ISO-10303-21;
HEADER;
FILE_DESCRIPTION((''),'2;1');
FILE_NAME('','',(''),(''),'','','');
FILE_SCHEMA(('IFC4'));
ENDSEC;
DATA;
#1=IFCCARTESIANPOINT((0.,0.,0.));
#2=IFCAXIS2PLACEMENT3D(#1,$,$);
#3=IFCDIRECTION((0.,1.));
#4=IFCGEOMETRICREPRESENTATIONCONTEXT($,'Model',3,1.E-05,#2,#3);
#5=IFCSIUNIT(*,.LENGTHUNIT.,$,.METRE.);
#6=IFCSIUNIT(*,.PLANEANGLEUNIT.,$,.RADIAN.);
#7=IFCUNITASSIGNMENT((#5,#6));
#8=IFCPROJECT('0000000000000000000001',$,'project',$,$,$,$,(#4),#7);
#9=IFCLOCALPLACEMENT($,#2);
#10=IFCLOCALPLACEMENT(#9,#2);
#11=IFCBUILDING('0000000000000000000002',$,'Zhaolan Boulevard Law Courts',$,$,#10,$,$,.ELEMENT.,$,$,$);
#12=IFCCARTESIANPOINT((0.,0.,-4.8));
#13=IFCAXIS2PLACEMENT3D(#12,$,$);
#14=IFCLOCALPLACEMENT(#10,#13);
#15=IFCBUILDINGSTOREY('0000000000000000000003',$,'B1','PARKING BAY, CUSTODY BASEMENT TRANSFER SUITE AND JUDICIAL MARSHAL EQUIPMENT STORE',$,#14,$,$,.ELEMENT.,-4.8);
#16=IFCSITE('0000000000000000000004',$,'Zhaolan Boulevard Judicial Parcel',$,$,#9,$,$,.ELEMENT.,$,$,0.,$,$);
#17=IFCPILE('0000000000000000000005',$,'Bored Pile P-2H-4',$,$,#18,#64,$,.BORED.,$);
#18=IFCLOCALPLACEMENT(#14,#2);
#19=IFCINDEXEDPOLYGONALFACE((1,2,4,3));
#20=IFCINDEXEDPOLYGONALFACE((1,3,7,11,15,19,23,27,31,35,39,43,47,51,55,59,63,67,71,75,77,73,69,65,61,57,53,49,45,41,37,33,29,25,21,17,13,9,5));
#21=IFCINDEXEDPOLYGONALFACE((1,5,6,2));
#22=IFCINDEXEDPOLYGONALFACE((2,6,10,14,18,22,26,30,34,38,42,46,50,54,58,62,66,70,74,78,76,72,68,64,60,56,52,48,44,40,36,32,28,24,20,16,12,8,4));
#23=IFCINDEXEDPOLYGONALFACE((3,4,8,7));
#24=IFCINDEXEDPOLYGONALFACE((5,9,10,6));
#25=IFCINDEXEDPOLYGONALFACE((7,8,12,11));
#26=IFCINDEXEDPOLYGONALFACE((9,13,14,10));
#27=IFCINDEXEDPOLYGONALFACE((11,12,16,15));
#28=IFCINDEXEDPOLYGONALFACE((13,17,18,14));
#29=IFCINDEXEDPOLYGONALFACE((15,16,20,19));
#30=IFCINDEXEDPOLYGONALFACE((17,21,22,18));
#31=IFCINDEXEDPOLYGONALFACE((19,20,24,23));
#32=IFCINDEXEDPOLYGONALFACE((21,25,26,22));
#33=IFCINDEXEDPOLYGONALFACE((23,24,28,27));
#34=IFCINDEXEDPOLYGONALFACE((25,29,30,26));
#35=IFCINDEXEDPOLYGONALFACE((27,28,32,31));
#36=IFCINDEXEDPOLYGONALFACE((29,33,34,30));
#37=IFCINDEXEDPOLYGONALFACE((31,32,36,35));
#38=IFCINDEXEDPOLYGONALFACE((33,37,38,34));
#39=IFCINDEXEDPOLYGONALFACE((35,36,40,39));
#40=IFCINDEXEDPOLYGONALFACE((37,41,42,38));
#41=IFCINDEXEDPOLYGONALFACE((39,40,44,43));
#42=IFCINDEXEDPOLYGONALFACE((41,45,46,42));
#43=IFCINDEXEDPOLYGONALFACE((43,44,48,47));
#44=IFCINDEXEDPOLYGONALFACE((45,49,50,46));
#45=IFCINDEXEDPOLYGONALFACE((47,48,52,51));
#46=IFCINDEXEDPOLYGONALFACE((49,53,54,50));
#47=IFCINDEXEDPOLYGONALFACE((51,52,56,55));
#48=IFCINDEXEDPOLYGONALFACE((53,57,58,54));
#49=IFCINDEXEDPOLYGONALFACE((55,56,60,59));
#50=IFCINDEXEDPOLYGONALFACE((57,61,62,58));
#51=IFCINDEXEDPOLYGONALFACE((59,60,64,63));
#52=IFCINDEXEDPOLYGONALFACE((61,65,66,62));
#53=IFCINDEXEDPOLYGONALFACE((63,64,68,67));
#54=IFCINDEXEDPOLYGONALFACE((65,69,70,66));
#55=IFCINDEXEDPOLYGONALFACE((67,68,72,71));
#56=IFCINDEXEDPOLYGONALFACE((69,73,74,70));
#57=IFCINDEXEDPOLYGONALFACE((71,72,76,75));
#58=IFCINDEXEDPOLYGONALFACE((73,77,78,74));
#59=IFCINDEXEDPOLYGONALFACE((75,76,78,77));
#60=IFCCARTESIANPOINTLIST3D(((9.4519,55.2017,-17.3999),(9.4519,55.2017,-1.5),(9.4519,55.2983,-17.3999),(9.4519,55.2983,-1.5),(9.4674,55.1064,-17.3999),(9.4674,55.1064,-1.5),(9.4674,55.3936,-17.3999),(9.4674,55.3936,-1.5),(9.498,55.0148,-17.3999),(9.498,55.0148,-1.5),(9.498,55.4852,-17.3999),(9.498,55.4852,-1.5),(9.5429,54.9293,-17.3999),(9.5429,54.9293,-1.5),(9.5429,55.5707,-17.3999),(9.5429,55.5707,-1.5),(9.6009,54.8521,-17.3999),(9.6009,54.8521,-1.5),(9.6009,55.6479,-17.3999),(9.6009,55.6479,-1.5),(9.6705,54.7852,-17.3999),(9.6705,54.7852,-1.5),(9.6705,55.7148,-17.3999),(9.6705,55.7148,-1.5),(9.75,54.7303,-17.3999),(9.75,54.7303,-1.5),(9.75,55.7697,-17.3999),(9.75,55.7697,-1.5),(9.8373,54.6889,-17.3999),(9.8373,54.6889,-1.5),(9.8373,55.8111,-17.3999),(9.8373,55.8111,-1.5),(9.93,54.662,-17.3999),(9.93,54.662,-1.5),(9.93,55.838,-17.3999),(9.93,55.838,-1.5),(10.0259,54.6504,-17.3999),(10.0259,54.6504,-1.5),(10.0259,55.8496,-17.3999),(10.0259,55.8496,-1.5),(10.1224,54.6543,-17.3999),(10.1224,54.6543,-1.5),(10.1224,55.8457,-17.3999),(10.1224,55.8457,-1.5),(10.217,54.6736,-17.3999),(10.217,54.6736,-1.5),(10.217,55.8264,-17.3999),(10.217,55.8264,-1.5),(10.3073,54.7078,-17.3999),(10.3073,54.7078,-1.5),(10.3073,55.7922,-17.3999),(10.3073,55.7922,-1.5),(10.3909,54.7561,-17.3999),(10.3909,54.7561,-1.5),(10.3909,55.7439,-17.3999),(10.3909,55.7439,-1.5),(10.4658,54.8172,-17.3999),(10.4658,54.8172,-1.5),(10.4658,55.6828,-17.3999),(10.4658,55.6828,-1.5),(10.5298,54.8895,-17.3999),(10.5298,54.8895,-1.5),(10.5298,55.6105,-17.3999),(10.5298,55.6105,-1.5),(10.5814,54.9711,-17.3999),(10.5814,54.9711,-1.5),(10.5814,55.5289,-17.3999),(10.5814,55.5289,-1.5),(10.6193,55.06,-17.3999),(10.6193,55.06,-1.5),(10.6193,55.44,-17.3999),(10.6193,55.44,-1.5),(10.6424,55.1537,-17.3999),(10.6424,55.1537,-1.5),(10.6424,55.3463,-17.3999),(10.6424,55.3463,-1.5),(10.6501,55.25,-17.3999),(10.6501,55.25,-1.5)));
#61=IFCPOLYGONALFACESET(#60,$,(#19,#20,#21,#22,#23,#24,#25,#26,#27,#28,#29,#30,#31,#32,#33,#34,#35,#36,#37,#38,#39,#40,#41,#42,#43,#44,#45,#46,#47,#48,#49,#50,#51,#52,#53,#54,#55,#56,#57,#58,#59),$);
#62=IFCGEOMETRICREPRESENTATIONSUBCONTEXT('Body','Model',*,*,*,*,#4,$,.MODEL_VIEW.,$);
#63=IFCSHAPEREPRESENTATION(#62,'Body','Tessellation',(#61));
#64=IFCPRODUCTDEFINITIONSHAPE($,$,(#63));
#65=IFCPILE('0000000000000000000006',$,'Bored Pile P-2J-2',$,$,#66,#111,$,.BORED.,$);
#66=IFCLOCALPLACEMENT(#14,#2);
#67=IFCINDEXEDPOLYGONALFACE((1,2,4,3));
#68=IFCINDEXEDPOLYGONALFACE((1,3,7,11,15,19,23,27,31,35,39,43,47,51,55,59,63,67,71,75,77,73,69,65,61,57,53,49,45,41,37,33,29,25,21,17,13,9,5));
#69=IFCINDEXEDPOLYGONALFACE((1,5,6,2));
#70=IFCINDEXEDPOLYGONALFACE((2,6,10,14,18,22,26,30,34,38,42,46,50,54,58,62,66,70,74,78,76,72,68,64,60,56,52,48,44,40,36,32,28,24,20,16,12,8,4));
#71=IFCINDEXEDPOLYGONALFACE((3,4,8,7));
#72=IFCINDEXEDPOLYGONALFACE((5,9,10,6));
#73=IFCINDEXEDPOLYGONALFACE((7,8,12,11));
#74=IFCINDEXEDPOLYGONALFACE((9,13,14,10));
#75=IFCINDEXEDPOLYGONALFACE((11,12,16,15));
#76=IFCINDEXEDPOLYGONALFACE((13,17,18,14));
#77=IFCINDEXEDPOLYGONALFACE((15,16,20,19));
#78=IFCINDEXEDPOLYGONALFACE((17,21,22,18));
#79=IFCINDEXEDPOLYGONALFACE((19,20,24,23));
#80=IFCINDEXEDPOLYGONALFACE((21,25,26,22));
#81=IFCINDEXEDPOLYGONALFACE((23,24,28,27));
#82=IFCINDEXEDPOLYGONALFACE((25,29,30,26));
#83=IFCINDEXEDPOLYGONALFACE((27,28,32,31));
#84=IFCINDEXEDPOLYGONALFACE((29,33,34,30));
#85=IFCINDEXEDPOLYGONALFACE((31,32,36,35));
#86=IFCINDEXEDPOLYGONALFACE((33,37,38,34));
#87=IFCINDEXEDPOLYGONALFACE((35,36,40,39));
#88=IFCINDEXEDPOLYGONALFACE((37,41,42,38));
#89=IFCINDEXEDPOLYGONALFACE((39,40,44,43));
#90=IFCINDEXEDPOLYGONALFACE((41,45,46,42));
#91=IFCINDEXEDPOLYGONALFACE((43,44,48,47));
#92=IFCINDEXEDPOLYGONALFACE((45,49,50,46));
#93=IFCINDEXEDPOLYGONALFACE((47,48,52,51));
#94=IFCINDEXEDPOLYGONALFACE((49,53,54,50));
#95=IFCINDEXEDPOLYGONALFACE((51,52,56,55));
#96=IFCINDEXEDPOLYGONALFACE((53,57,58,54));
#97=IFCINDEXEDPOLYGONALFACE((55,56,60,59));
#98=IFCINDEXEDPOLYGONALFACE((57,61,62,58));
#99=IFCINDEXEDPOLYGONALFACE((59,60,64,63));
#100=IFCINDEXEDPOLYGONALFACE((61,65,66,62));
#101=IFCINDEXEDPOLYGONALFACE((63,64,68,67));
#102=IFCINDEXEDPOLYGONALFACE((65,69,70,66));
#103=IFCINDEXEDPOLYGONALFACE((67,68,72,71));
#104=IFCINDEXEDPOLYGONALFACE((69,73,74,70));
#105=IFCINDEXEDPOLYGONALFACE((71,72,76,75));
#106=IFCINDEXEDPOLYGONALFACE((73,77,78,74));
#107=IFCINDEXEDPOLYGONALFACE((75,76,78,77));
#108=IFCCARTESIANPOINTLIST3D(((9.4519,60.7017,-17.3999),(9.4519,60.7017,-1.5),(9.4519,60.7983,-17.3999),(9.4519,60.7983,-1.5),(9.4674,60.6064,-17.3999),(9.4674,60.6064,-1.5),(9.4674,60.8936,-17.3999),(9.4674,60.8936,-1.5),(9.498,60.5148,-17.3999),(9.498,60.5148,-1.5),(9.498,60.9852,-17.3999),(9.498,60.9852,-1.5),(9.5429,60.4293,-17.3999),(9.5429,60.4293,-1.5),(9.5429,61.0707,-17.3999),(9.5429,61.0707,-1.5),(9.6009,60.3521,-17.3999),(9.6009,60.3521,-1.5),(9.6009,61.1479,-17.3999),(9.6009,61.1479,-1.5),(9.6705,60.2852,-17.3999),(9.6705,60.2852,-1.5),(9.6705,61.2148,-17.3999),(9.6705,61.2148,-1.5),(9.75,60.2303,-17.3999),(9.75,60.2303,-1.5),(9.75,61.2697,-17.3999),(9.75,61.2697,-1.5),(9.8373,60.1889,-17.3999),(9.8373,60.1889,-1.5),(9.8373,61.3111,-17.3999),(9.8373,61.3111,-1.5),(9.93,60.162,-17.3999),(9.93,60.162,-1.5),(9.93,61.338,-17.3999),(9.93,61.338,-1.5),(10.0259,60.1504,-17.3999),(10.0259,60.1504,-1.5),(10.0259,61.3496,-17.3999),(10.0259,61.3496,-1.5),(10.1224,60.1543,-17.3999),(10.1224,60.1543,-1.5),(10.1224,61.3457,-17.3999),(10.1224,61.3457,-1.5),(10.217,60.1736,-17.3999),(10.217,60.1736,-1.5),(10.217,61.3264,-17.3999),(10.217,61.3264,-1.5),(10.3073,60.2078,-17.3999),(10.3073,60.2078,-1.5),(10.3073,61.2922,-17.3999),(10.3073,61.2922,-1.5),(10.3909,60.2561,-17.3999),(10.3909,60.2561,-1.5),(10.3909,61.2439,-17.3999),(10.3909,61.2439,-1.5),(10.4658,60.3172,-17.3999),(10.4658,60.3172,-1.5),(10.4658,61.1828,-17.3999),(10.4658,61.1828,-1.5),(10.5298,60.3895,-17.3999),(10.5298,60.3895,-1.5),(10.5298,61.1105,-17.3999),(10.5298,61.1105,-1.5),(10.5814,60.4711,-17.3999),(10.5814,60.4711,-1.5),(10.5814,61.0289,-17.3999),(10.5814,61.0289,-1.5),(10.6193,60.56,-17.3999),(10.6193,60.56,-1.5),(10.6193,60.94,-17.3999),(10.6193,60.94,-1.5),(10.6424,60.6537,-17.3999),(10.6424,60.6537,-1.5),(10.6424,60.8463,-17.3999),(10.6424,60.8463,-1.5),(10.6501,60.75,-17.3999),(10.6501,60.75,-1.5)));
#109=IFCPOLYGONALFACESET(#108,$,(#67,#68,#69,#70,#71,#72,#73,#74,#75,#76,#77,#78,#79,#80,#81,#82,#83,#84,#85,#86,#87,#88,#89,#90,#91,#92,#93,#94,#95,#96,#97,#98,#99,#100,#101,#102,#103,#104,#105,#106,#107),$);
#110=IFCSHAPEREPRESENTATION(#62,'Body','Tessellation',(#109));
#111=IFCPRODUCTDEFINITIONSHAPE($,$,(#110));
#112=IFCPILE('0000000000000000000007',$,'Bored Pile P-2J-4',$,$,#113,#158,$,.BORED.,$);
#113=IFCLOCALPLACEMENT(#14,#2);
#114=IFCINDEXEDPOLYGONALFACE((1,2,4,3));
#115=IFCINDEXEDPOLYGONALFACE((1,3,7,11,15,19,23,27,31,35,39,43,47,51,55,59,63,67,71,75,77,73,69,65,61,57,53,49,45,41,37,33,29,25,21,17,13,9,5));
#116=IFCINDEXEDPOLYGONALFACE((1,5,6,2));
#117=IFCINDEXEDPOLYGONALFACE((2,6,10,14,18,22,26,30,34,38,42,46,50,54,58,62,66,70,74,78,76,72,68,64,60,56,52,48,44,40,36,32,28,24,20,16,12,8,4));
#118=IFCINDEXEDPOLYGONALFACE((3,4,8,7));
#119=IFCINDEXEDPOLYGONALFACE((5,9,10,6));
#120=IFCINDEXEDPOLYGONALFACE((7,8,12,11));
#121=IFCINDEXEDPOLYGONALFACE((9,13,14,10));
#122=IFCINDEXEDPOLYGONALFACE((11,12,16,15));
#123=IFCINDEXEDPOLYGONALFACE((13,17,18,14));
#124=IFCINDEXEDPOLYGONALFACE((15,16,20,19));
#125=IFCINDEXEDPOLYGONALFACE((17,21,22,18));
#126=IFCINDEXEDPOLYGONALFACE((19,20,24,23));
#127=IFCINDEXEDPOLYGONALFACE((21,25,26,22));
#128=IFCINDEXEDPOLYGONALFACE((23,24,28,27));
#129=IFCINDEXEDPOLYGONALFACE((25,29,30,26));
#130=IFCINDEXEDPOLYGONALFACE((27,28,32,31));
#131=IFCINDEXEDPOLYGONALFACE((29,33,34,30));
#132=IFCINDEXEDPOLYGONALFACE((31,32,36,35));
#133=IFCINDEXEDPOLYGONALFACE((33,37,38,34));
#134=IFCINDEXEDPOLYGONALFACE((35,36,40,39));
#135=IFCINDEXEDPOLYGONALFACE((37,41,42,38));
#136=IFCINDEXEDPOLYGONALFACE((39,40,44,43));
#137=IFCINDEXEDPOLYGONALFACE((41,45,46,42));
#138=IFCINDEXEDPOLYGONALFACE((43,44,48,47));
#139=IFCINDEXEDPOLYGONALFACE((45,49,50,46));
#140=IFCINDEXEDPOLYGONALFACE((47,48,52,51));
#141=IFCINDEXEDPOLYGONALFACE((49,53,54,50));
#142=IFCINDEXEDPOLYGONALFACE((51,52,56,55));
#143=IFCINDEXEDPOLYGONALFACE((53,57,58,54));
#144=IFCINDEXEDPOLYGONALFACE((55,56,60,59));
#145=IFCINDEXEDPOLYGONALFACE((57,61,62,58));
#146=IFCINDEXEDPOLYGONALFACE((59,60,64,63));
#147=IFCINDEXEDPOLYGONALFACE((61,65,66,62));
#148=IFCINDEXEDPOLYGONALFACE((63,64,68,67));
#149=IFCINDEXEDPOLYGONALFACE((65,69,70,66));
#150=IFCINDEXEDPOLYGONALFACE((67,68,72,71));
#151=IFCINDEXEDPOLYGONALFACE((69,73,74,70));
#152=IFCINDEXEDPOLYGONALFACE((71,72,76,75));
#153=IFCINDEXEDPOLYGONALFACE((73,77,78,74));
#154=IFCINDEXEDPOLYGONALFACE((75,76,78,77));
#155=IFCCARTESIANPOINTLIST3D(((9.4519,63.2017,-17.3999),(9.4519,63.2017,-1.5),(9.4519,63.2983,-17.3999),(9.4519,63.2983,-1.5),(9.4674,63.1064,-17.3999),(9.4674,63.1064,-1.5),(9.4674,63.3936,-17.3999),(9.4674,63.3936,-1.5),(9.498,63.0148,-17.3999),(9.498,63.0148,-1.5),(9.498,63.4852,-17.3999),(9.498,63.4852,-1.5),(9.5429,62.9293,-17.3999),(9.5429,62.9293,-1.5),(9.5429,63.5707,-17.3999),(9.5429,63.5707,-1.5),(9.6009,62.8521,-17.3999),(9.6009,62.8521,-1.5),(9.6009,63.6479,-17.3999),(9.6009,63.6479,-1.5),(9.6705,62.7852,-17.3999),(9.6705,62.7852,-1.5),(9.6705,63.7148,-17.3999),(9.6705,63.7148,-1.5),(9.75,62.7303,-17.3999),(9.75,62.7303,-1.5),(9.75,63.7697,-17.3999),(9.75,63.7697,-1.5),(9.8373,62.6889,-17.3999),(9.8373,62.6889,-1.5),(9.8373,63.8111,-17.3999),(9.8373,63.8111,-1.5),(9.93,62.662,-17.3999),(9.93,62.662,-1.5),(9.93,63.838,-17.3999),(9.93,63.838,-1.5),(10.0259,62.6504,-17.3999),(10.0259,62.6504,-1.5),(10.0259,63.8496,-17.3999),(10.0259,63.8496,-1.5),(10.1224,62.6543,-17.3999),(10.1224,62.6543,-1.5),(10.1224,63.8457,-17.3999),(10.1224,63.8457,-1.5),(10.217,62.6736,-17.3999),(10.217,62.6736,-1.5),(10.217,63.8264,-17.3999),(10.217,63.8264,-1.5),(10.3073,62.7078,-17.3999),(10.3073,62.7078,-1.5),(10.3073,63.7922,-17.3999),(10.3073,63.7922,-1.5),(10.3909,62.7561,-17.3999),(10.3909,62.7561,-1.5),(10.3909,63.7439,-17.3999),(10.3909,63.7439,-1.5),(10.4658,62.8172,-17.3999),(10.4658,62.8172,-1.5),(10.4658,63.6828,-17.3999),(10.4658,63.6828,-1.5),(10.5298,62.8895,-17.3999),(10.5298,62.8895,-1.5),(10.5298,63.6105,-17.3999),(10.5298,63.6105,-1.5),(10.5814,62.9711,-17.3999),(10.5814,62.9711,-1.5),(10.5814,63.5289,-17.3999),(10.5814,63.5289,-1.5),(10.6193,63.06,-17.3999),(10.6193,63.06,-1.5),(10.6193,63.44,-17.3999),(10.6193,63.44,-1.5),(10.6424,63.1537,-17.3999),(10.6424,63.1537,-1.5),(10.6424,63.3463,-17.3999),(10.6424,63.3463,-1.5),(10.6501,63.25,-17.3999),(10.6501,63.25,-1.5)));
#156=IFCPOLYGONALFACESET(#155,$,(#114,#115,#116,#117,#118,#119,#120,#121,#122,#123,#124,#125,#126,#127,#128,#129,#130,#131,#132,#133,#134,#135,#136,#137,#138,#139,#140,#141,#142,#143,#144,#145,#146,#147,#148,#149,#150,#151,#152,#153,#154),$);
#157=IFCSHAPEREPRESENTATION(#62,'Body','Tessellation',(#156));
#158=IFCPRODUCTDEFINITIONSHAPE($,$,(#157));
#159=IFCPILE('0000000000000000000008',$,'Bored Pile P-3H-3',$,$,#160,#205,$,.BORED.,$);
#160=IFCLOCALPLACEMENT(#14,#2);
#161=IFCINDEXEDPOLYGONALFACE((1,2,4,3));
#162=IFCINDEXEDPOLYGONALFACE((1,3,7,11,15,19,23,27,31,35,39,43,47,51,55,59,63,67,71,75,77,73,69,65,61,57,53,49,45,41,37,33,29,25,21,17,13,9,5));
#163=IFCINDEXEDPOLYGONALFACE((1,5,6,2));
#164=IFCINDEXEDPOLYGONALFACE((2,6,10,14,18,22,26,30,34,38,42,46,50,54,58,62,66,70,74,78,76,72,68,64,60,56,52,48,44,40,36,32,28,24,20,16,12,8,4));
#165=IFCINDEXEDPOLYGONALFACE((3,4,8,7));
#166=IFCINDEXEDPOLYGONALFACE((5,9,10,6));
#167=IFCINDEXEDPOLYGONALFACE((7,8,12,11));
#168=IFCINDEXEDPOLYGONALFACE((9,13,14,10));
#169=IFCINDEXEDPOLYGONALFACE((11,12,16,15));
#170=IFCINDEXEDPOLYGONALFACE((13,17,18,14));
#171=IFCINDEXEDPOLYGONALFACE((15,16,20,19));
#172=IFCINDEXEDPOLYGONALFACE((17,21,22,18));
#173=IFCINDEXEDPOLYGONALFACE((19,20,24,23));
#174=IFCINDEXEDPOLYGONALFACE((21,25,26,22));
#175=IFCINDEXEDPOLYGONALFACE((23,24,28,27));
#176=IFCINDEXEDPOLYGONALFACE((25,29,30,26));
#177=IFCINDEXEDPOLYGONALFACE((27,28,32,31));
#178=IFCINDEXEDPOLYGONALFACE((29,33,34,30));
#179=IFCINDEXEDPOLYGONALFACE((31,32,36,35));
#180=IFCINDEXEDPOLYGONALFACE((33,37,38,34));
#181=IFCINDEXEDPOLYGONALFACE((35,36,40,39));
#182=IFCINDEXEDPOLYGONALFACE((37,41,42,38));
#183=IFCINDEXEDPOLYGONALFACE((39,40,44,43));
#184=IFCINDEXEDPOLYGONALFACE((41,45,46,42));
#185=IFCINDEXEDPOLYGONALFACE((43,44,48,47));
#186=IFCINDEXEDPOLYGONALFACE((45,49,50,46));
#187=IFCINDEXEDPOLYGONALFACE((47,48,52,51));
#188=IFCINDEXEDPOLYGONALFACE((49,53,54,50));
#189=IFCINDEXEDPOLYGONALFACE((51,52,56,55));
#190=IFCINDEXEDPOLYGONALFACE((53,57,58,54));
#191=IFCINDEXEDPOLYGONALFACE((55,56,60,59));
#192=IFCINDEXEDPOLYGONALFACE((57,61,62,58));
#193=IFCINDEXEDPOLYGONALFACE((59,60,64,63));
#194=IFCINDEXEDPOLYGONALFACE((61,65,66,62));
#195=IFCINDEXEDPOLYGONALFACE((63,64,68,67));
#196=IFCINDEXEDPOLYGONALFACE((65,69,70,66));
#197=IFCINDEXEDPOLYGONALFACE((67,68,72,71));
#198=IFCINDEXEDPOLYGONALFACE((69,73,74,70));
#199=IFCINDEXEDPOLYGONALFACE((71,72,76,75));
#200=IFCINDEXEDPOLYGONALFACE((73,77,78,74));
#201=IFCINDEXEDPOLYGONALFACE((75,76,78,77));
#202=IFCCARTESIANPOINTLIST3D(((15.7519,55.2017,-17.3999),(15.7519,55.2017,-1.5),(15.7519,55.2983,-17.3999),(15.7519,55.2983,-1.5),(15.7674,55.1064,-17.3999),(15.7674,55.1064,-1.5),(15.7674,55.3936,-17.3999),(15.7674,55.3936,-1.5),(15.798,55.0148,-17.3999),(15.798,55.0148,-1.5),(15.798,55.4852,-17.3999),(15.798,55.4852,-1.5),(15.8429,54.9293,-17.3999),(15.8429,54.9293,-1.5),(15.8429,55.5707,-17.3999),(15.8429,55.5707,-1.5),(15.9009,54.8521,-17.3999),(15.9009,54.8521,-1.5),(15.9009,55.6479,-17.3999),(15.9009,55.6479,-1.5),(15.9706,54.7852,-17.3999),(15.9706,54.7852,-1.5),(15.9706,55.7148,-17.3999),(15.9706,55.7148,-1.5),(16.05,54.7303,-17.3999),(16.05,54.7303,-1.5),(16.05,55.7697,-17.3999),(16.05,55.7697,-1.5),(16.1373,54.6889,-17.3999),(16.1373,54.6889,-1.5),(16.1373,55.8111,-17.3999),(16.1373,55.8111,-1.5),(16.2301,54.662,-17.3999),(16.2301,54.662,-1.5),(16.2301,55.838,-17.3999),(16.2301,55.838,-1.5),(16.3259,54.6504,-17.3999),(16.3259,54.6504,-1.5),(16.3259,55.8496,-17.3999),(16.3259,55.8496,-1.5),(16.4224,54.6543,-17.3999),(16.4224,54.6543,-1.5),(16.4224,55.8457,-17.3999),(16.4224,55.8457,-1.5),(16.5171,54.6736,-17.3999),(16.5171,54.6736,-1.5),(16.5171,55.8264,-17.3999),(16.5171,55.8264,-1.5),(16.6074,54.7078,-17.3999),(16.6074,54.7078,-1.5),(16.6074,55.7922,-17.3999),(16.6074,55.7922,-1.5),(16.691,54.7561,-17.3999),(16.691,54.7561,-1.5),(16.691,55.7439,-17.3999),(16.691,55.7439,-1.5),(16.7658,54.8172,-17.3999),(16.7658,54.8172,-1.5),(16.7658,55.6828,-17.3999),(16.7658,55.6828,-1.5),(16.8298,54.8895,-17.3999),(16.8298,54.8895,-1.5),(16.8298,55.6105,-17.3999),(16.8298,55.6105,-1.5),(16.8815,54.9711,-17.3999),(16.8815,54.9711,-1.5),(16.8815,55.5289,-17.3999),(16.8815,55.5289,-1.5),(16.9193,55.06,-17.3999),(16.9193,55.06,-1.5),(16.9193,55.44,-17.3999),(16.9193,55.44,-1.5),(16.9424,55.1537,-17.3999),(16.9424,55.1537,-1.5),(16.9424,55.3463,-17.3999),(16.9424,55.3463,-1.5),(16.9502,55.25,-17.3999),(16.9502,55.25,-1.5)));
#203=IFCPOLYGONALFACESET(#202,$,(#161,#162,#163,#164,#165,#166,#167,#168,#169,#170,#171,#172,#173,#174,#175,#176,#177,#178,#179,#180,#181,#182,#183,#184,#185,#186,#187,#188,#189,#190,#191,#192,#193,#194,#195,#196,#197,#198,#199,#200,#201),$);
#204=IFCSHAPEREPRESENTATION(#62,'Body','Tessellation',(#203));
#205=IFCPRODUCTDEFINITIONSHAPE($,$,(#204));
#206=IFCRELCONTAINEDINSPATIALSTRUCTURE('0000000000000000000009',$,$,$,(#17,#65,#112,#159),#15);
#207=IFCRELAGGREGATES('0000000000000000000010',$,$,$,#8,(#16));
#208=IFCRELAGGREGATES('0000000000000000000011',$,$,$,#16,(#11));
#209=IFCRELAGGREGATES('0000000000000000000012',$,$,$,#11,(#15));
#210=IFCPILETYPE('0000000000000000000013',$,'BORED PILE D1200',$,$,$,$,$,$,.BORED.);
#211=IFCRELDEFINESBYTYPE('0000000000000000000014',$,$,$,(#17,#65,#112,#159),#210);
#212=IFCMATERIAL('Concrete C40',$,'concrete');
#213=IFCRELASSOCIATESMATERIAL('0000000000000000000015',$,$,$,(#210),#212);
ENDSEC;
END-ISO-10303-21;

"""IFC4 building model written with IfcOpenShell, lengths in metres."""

from ifc_helpers import new_model, si_unit, direction, frame, origin, origin_2d, place, context, subcontext, project, spatial, circle, extrude, material, material_profile, profile_set, type_object, element, save


model = new_model("IFC4")

# Units and contexts
model_context = context("Model", 3, precision=1e-05, world=origin(), true_north=direction((0.0, 1.0)))
body_context = subcontext(model_context, "Body", "Model", "MODEL_VIEW")
ifc_project = project(units=[si_unit("LENGTHUNIT", "METRE"), si_unit("PLANEANGLEUNIT", "RADIAN")], contexts=[model_context])

# Site, building, storey
site_placement = place(None, origin())
site = spatial("IfcSite", under=ifc_project, at=site_placement, Name="Zhaolan Boulevard Judicial Parcel", CompositionType="ELEMENT", RefElevation=0.0)
building_placement = place(site_placement, origin())
building = spatial("IfcBuilding", under=site, at=building_placement, Name="Zhaolan Boulevard Law Courts", CompositionType="ELEMENT")
storey_placement = place(building_placement, frame((0.0, 0.0, -4.8)))
storey = spatial("IfcBuildingStorey", under=building, at=storey_placement, Name="B1", Description="PARKING BAY, CUSTODY BASEMENT TRANSFER SUITE AND JUDICIAL MARSHAL EQUIPMENT STORE", CompositionType="ELEMENT", Elevation=-4.8)

# Piles
ifc_material_1 = material(Name="Concrete C40", Category="concrete")
ifc_material_profile_1 = material_profile(ifc_material_1, circle(Radius=0.6001, at=origin_2d()), Name="PILE-D1200")
ifc_profile_set_1 = profile_set([ifc_material_profile_1], Name="Concrete C40")
pile_type = type_object("IfcPileType", Name="BORED PILE D1200", PredefinedType="BORED", material=ifc_profile_set_1)
for number, where, z_axis, x_axis, name in (
    (1, (10.05, 55.25, -1.5), (0.0, 0.0, -1.0), (1.0, 0.0, 0.0), "Bored Pile P-2H-4"),
    (2, (10.05, 60.75, -1.5), (0.0, 0.0, -1.0), (1.0, 0.0, 0.0), "Bored Pile P-2J-2"),
    (3, (10.05, 63.25, -1.5), (0.0, 0.0, -1.0), (1.0, 0.0, 0.0), "Bored Pile P-2J-4"),
    (4, (16.3501, 55.25, -1.5), (0.0, 0.0, -1.0), (1.0, 0.0, 0.0), "Bored Pile P-3H-3"),
):
    element("IfcPile", number, at=place(storey_placement, frame(where, z_axis=z_axis, x_axis=x_axis)), inside=storey, type_object=pile_type, Name=name, PredefinedType="BORED", context=body_context, shape_type="SweptSolid", body=[
        extrude(circle(Radius=0.6001, at=origin_2d()), origin(), (0.0, 0.0, 1.0), 15.8999),
    ])

save(model, "model.ifc")
